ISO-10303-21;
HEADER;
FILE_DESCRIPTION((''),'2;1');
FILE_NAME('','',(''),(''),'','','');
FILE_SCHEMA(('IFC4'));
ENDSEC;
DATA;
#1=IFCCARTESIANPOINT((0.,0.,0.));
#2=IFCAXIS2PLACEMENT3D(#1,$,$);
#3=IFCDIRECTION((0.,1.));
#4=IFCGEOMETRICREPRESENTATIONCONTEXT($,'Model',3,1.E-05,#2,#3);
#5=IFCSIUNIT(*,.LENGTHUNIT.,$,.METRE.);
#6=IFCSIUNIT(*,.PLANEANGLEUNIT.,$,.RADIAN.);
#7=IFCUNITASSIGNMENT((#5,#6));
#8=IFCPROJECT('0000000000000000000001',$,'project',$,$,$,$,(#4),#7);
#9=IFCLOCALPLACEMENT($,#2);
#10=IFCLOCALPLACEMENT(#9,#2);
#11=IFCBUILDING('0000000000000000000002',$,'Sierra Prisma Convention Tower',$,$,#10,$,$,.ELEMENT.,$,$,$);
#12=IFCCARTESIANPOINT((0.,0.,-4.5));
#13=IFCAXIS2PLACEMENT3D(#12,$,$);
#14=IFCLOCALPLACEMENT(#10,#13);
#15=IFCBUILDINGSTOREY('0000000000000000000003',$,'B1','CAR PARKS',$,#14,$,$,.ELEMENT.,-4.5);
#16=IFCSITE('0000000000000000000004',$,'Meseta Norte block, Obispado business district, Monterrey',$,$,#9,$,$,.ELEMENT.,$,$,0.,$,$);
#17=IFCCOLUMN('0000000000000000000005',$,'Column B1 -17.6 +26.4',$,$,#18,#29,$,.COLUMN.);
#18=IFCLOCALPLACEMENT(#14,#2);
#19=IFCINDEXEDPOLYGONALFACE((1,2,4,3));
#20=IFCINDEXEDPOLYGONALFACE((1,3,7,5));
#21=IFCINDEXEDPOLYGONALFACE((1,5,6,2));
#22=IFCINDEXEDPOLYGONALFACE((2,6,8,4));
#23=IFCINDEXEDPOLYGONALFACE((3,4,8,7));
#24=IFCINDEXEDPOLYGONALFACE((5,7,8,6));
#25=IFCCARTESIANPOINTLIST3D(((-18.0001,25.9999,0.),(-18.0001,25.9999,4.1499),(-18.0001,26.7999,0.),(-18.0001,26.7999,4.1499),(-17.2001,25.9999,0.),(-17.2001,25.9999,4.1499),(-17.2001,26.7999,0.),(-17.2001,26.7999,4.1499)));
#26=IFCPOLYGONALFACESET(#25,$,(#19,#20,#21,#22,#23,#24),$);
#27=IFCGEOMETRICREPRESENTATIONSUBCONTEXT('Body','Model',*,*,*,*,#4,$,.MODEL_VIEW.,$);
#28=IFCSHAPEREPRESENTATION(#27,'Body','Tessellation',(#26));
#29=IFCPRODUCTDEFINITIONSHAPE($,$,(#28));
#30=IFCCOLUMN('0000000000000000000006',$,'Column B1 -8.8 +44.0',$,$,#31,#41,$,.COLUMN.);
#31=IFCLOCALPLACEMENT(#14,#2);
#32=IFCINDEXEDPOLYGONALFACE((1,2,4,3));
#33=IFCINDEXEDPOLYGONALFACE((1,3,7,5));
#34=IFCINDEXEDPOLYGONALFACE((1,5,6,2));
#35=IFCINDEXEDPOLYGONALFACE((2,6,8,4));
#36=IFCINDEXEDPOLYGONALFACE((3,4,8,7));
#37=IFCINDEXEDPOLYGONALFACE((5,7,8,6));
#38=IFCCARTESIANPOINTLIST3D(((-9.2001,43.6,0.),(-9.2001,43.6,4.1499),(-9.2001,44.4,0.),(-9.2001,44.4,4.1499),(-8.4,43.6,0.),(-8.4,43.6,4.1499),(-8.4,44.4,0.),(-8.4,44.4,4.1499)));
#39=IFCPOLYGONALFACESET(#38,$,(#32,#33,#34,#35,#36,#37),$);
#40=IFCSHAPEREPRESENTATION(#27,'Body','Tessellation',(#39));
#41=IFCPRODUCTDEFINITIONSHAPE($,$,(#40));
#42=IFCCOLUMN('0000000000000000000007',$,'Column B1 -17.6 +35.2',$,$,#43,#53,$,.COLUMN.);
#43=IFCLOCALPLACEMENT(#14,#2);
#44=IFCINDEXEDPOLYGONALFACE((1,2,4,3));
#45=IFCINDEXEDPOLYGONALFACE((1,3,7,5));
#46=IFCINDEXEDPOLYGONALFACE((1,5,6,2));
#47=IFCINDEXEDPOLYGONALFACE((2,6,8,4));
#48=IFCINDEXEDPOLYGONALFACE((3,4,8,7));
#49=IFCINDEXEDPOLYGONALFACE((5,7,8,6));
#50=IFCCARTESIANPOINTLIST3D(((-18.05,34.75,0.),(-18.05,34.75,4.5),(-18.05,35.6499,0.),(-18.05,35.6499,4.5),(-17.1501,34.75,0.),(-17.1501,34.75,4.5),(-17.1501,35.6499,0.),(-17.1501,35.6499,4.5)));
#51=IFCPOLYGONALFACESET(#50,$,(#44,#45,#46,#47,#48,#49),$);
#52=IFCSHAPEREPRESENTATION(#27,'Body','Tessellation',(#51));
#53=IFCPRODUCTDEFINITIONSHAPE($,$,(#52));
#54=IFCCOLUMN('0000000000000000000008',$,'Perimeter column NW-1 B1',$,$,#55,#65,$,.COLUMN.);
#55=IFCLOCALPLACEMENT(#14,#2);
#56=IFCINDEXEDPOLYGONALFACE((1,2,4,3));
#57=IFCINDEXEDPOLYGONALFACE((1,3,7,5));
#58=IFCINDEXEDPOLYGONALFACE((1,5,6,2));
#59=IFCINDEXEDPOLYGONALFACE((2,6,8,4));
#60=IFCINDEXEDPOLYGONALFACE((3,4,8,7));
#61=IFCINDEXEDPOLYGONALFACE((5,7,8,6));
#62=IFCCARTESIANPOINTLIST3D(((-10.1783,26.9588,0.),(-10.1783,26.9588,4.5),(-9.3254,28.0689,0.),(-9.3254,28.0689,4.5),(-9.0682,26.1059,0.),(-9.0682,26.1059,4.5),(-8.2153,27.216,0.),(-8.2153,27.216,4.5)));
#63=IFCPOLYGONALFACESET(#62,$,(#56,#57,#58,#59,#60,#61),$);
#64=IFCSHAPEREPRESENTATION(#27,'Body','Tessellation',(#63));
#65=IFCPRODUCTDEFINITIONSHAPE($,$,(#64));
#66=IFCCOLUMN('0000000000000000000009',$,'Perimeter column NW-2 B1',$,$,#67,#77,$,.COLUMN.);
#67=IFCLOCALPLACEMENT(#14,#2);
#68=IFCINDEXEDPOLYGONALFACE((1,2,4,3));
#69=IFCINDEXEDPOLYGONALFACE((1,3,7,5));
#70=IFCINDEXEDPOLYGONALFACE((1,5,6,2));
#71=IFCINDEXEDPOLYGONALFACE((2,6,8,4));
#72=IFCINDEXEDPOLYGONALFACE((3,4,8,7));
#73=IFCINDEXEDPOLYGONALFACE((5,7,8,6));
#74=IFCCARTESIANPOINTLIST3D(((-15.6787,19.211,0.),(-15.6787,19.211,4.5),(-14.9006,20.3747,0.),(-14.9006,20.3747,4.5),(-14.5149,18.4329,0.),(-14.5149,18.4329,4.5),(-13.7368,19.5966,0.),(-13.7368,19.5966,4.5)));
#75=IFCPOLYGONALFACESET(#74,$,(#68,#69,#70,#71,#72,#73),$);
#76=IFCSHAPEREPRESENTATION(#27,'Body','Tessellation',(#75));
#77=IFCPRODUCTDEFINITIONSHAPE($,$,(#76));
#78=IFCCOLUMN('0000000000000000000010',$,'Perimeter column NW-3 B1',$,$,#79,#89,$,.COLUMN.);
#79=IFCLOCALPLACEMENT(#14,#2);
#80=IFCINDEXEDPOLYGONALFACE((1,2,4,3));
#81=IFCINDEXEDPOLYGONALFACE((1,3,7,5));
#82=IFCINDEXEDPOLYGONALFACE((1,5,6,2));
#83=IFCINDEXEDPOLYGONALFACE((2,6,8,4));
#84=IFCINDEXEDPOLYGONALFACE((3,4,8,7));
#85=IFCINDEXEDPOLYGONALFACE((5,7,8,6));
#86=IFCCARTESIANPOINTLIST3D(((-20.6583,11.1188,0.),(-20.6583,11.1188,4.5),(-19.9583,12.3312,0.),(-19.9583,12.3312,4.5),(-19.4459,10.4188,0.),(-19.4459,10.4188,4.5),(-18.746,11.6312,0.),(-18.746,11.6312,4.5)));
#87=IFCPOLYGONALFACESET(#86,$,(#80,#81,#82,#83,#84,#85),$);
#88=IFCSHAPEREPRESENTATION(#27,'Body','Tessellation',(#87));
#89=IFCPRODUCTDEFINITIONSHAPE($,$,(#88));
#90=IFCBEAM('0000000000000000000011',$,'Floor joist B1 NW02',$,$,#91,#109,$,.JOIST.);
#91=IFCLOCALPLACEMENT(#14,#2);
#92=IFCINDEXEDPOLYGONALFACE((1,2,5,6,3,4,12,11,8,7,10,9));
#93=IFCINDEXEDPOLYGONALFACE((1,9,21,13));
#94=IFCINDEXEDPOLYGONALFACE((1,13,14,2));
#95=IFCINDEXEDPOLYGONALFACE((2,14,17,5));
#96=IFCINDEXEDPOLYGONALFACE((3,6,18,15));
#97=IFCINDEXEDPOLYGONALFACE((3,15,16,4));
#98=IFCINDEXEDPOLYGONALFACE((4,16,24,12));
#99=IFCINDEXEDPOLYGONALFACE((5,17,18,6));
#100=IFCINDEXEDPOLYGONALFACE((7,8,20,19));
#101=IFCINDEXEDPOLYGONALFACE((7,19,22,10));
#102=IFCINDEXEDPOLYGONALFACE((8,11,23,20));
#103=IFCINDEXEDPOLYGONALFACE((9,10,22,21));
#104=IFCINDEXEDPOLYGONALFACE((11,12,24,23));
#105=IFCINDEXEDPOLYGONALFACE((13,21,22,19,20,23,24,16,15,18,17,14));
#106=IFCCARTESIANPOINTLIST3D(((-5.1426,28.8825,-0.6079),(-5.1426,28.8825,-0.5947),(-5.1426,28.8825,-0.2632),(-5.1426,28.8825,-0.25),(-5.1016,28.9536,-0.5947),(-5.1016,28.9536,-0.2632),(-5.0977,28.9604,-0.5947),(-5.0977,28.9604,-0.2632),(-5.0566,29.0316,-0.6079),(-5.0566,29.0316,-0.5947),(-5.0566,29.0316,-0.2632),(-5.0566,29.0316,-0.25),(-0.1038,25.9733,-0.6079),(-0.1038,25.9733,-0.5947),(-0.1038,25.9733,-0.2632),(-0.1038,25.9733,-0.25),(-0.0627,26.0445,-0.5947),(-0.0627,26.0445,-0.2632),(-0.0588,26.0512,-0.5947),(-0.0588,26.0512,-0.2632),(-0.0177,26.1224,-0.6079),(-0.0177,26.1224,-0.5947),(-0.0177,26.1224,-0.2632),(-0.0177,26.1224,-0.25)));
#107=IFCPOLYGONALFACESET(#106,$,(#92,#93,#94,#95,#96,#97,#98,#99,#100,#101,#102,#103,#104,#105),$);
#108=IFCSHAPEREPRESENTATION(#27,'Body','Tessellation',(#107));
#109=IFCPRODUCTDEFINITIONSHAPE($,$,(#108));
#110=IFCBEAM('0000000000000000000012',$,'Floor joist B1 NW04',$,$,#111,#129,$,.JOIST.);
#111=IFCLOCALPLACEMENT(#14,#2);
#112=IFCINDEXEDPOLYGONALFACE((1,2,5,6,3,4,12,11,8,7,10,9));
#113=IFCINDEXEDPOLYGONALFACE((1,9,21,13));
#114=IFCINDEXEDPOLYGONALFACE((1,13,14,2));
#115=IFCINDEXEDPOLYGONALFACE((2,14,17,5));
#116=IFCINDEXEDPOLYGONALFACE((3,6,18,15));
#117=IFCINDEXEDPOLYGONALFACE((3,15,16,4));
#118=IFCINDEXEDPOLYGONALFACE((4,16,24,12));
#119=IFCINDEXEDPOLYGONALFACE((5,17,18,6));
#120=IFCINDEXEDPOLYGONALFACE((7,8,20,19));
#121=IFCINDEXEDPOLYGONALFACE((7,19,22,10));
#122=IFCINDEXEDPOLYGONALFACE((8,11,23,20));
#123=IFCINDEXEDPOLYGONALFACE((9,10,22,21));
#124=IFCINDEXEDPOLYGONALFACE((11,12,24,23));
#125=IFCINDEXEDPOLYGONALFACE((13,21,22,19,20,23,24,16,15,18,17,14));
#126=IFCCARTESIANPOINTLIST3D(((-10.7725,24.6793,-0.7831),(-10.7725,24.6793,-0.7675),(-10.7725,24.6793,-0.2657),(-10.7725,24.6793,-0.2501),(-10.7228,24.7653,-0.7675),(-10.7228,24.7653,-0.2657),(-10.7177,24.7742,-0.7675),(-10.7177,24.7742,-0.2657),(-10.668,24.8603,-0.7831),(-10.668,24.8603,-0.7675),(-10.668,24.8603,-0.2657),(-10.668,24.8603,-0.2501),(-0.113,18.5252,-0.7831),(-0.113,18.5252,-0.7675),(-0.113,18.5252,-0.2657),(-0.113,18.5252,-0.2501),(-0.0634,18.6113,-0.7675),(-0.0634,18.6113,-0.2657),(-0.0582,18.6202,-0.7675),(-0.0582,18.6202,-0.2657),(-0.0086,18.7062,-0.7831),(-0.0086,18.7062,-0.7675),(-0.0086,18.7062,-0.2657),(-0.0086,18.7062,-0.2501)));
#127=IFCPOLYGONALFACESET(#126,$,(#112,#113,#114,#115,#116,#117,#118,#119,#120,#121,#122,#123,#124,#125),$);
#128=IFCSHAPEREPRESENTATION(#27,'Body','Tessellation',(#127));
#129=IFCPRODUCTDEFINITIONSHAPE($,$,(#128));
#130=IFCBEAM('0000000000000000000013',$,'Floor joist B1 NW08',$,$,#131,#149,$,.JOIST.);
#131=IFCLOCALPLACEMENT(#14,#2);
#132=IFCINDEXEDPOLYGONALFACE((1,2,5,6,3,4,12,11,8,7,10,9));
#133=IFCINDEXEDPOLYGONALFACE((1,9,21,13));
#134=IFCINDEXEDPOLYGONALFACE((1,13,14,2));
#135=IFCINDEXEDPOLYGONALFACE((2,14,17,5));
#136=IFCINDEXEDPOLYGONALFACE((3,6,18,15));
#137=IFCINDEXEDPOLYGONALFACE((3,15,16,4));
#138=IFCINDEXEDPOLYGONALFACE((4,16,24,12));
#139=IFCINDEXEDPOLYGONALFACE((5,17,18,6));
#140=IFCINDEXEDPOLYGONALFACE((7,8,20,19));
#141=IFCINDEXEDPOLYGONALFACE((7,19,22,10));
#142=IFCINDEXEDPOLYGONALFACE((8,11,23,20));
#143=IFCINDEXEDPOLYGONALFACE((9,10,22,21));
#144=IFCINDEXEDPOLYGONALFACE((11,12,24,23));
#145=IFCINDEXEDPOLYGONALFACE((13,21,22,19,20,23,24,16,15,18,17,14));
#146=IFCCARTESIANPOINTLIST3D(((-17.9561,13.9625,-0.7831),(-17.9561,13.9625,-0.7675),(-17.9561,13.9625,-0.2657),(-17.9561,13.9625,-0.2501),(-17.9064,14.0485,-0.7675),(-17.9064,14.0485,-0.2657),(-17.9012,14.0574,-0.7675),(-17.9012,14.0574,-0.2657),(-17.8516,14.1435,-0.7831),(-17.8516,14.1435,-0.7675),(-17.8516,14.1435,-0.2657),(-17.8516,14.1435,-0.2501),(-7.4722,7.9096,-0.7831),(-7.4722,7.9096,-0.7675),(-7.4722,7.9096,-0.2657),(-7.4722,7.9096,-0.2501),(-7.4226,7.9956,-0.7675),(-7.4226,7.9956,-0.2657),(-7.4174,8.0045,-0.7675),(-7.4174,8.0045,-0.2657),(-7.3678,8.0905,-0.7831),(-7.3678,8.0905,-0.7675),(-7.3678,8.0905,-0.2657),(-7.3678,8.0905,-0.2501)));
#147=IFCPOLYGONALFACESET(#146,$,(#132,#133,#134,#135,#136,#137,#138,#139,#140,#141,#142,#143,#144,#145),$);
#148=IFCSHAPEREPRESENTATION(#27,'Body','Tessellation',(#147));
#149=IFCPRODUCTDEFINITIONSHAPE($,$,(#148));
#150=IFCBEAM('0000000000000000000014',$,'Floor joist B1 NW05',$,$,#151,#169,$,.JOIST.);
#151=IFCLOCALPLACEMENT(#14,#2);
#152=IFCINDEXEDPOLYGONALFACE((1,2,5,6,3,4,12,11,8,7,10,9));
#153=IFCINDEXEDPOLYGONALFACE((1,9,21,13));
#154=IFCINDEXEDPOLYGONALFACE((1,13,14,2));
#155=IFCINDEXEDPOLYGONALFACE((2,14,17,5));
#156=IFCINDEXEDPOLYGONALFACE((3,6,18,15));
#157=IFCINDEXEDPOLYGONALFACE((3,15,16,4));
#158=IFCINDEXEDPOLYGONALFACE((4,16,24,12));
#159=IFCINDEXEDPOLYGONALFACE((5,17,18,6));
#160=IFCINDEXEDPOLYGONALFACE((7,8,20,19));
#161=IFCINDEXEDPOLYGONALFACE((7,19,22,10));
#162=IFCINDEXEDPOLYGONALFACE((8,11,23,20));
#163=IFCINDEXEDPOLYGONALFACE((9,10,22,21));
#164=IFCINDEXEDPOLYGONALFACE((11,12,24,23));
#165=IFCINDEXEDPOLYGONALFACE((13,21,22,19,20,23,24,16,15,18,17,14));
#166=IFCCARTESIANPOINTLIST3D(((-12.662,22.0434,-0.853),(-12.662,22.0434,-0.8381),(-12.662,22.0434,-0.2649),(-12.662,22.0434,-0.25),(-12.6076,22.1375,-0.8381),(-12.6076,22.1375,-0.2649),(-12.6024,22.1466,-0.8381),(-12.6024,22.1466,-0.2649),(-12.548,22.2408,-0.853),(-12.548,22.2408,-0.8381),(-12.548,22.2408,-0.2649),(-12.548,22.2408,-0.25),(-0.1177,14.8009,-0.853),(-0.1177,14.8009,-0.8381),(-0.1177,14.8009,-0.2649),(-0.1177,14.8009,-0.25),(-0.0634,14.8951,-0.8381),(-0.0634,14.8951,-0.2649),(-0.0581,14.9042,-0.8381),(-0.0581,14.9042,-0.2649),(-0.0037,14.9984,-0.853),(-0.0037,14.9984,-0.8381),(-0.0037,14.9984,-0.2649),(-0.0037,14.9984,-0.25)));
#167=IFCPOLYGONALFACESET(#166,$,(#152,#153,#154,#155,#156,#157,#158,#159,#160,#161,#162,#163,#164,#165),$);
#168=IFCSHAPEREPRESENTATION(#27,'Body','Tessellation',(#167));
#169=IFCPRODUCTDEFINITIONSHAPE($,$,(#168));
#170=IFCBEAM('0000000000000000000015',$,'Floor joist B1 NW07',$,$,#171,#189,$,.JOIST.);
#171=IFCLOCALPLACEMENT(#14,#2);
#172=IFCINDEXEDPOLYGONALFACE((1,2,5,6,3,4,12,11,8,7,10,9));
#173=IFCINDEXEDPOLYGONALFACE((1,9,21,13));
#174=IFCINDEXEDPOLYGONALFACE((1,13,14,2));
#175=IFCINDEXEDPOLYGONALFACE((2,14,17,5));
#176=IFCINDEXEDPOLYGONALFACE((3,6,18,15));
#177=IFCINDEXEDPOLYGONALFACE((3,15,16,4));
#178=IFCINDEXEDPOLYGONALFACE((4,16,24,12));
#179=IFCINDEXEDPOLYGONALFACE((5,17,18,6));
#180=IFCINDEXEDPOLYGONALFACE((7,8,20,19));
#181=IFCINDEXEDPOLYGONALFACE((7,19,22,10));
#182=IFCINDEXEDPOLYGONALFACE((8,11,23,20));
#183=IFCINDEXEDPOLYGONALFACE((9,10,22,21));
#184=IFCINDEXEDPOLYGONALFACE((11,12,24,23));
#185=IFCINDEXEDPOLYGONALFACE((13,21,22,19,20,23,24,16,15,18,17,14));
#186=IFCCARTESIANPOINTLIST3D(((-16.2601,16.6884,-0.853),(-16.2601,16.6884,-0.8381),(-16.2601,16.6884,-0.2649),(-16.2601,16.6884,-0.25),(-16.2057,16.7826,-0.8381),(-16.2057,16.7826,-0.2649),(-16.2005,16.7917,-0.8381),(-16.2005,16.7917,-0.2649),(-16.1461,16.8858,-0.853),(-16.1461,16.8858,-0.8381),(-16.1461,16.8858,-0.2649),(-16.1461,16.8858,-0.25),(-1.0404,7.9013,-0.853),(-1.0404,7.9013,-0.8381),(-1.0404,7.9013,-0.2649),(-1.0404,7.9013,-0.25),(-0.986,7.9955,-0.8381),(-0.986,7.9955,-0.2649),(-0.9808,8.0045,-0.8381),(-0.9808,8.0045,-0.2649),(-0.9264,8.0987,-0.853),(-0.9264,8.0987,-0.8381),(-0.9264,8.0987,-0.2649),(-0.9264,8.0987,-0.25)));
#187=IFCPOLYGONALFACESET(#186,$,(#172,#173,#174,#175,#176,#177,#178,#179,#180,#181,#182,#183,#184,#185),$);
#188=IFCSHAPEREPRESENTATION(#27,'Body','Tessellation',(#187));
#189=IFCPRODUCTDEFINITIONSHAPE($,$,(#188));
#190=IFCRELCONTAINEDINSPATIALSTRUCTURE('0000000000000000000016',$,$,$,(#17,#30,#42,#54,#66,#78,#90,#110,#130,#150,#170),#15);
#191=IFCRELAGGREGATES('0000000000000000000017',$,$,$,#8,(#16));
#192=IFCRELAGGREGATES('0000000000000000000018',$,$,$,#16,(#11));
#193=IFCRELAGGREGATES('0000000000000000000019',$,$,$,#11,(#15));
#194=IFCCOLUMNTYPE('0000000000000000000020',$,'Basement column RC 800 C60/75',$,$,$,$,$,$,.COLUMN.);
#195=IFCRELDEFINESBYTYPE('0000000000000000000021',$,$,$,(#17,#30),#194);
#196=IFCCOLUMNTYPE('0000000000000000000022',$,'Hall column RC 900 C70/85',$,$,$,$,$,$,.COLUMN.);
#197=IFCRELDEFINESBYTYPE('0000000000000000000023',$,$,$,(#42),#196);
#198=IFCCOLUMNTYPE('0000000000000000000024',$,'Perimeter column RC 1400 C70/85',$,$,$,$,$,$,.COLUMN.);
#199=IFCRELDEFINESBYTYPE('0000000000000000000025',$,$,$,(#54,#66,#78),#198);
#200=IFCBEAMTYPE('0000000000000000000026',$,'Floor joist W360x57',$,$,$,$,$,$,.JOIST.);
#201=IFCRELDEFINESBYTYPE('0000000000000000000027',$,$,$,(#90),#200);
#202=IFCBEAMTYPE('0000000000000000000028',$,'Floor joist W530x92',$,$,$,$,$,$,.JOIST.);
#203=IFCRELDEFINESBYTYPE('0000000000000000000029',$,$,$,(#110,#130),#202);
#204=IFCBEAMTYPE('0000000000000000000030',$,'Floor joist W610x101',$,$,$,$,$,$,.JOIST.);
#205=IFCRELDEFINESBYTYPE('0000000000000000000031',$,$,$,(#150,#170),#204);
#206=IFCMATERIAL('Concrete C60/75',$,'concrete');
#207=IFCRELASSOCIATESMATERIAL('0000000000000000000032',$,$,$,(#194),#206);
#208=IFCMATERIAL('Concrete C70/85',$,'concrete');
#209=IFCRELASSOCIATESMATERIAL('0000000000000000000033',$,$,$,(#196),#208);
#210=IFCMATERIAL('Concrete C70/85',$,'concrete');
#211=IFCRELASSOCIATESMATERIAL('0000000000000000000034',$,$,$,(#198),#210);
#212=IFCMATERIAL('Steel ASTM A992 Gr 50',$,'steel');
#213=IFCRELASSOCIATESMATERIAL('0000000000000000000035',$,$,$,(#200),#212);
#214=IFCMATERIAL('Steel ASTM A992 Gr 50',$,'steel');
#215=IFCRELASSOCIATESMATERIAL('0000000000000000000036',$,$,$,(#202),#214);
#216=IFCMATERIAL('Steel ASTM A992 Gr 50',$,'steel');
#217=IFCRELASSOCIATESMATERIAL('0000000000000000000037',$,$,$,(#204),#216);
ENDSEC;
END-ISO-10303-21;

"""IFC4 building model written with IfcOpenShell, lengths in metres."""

from ifc_helpers import new_model, si_unit, direction, frame, origin, origin_2d, place, context, subcontext, project, spatial, rectangle, i_section, extrude, material, material_profile, profile_set, type_object, element, save


model = new_model("IFC4")

# Units and contexts
model_context = context("Model", 3, precision=1e-05, world=origin(), true_north=direction((0.0, 1.0)))
body_context = subcontext(model_context, "Body", "Model", "MODEL_VIEW")
ifc_project = project(units=[si_unit("LENGTHUNIT", "METRE"), si_unit("PLANEANGLEUNIT", "RADIAN")], contexts=[model_context])

# Site, building, storey
site_placement = place(None, origin())
site = spatial("IfcSite", under=ifc_project, at=site_placement, Name="Meseta Norte block, Obispado business district, Monterrey", CompositionType="ELEMENT", RefElevation=0.0)
building_placement = place(site_placement, origin())
building = spatial("IfcBuilding", under=site, at=building_placement, Name="Sierra Prisma Convention Tower", CompositionType="ELEMENT")
storey_placement = place(building_placement, frame((0.0, 0.0, -4.5)))
storey = spatial("IfcBuildingStorey", under=building, at=storey_placement, Name="B1", Description="CAR PARKS", CompositionType="ELEMENT", Elevation=-4.5)

# Columns
ifc_material_1 = material(Name="Concrete C60/75", Category="concrete")
ifc_material_profile_1 = material_profile(ifc_material_1, rectangle(XDim=0.8, YDim=0.8, at=origin_2d()), Name="Basement column RC 800 C60/75")
ifc_profile_set_1 = profile_set([ifc_material_profile_1], Name="Concrete C60/75")
column_type_1 = type_object("IfcColumnType", Name="Basement column RC 800 C60/75", PredefinedType="COLUMN", material=ifc_profile_set_1)
for number, where, z_axis, x_axis, name in (
    (1, (-17.6001, 26.3999, 0.0), (0.0, 0.0, 1.0), (1.0, 0.0, 0.0), "Column B1 -17.6 +26.4"),
    (2, (-8.8, 44.0, 0.0), (0.0, 0.0, 1.0), (1.0, 0.0, 0.0), "Column B1 -8.8 +44.0"),
):
    element("IfcColumn", number, at=place(storey_placement, frame(where, z_axis=z_axis, x_axis=x_axis)), inside=storey, type_object=column_type_1, Name=name, PredefinedType="COLUMN", context=body_context, shape_type="SweptSolid", body=[
        extrude(rectangle(XDim=0.8, YDim=0.8, at=origin_2d()), origin(), (0.0, 0.0, 1.0), 4.1499),
    ])
ifc_material_2 = material(Name="Concrete C70/85", Category="concrete")
ifc_material_profile_2 = material_profile(ifc_material_2, rectangle(XDim=0.8999, YDim=0.8999, at=origin_2d()), Name="Hall column RC 900 C70/85")
ifc_profile_set_2 = profile_set([ifc_material_profile_2], Name="Concrete C70/85")
column_type_2 = type_object("IfcColumnType", Name="Hall column RC 900 C70/85", PredefinedType="COLUMN", material=ifc_profile_set_2)
column_placement = place(storey_placement, frame((-17.6001, 35.2, 0.0), z_axis=(0.0, 0.0, 1.0), x_axis=(1.0, 0.0, 0.0)))
element("IfcColumn", 3, at=column_placement, inside=storey, type_object=column_type_2, Name="Column B1 -17.6 +35.2", PredefinedType="COLUMN", context=body_context, shape_type="SweptSolid", body=[
    extrude(rectangle(XDim=0.8999, YDim=0.8999, at=origin_2d()), origin(), (0.0, 0.0, 1.0), 4.5),
])
ifc_material_3 = material(Name="Concrete C70/85", Category="concrete")
ifc_material_profile_3 = material_profile(ifc_material_3, rectangle(XDim=1.3999, YDim=1.3999, at=origin_2d()), Name="Perimeter column RC 1400 C70/85")
ifc_profile_set_3 = profile_set([ifc_material_profile_3], Name="Concrete C70/85")
column_type_3 = type_object("IfcColumnType", Name="Perimeter column RC 1400 C70/85", PredefinedType="COLUMN", material=ifc_profile_set_3)
for number, where, z_axis, x_axis, name in (
    (4, (-9.1968, 27.0874, 0.0), (0.0, 0.0, 1.0), (0.609232, 0.792992, 0.0), "Perimeter column NW-1 B1"),
    (5, (-14.7078, 19.4038, 0.0), (0.0, 0.0, 1.0), (0.555817, 0.831305, 0.0), "Perimeter column NW-2 B1"),
    (6, (-19.7021, 11.375, 0.0), (0.0, 0.0, 1.0), (0.5, 0.866025, 0.0), "Perimeter column NW-3 B1"),
):
    element("IfcColumn", number, at=place(storey_placement, frame(where, z_axis=z_axis, x_axis=x_axis)), inside=storey, type_object=column_type_3, Name=name, PredefinedType="COLUMN", context=body_context, shape_type="SweptSolid", body=[
        extrude(rectangle(XDim=1.3999, YDim=1.3999, at=origin_2d()), origin(), (0.0, 0.0, 1.0), 4.5),
    ])

# Beams
ifc_material_4 = material(Name="Steel ASTM A992 Gr 50", Category="steel")
ifc_material_profile_4 = material_profile(ifc_material_4, i_section(OverallWidth=0.1721, OverallDepth=0.3579, WebThickness=0.0078, FlangeThickness=0.0132, at=origin_2d()), Name="W360x57")
ifc_profile_set_4 = profile_set([ifc_material_profile_4], Name="Steel ASTM A992 Gr 50")
beam_type_1 = type_object("IfcBeamType", Name="Floor joist W360x57", PredefinedType="JOIST", material=ifc_profile_set_4)
beam_1_placement = place(storey_placement, frame((-5.0996, 28.957, -0.429), z_axis=(0.866024, -0.500002, 0.0), x_axis=(0.500002, 0.866024, 0.0)))
element("IfcBeam", 7, at=beam_1_placement, inside=storey, type_object=beam_type_1, Name="Floor joist B1 NW02", PredefinedType="JOIST", context=body_context, shape_type="SweptSolid", body=[
    extrude(i_section(OverallWidth=0.1721, OverallDepth=0.3579, WebThickness=0.0078, FlangeThickness=0.0132, at=origin_2d()), origin(), (0.0, 0.0, 1.0), 5.8184),
])
ifc_material_5 = material(Name="Steel ASTM A992 Gr 50", Category="steel")
ifc_material_profile_5 = material_profile(ifc_material_5, i_section(OverallWidth=0.209, OverallDepth=0.533, WebThickness=0.0103, FlangeThickness=0.0156, at=origin_2d()), Name="W530x92")
ifc_profile_set_5 = profile_set([ifc_material_profile_5], Name="Steel ASTM A992 Gr 50")
beam_type_2 = type_object("IfcBeamType", Name="Floor joist W530x92", PredefinedType="JOIST", material=ifc_profile_set_5)
beam_2_placement = place(storey_placement, frame((-10.7202, 24.7698, -0.5166), z_axis=(0.866031, -0.49999, 0.0), x_axis=(0.49999, 0.866031, 0.0)))
element("IfcBeam", 8, at=beam_2_placement, inside=storey, type_object=beam_type_2, Name="Floor joist B1 NW04", PredefinedType="JOIST", context=body_context, shape_type="SweptSolid", body=[
    extrude(i_section(OverallWidth=0.209, OverallDepth=0.533, WebThickness=0.0103, FlangeThickness=0.0156, at=origin_2d()), origin(), (0.0, 0.0, 1.0), 12.3083),
])
beam_3_placement = place(storey_placement, frame((-17.9038, 14.053, -0.5166), z_axis=(0.866022, -0.500006, 0.0), x_axis=(0.500006, 0.866022, 0.0)))
element("IfcBeam", 9, at=beam_3_placement, inside=storey, type_object=beam_type_2, Name="Floor joist B1 NW08", PredefinedType="JOIST", context=body_context, shape_type="SweptSolid", body=[
    extrude(i_section(OverallWidth=0.209, OverallDepth=0.533, WebThickness=0.0103, FlangeThickness=0.0156, at=origin_2d()), origin(), (0.0, 0.0, 1.0), 12.1057),
])
ifc_material_6 = material(Name="Steel ASTM A992 Gr 50", Category="steel")
ifc_material_profile_6 = material_profile(ifc_material_6, i_section(OverallWidth=0.228, OverallDepth=0.603, WebThickness=0.0105, FlangeThickness=0.0149, at=origin_2d()), Name="W610x101")
ifc_profile_set_6 = profile_set([ifc_material_profile_6], Name="Steel ASTM A992 Gr 50")
beam_type_3 = type_object("IfcBeamType", Name="Floor joist W610x101", PredefinedType="JOIST", material=ifc_profile_set_6)
beam_4_placement = place(storey_placement, frame((-12.605, 22.1421, -0.5515), z_axis=(0.866024, -0.500002, 0.0), x_axis=(0.500002, 0.866024, 0.0)))
element("IfcBeam", 10, at=beam_4_placement, inside=storey, type_object=beam_type_3, Name="Floor joist B1 NW05", PredefinedType="JOIST", context=body_context, shape_type="SweptSolid", body=[
    extrude(i_section(OverallWidth=0.228, OverallDepth=0.603, WebThickness=0.0105, FlangeThickness=0.0149, at=origin_2d()), origin(), (0.0, 0.0, 1.0), 14.4849),
])
beam_5_placement = place(storey_placement, frame((-16.2031, 16.7871, -0.5515), z_axis=(0.866025, -0.5, 0.0), x_axis=(0.5, 0.866025, 0.0)))
element("IfcBeam", 11, at=beam_5_placement, inside=storey, type_object=beam_type_3, Name="Floor joist B1 NW07", PredefinedType="JOIST", context=body_context, shape_type="SweptSolid", body=[
    extrude(i_section(OverallWidth=0.228, OverallDepth=0.603, WebThickness=0.0105, FlangeThickness=0.0149, at=origin_2d()), origin(), (0.0, 0.0, 1.0), 17.5742),
])

save(model, "model.ifc")
